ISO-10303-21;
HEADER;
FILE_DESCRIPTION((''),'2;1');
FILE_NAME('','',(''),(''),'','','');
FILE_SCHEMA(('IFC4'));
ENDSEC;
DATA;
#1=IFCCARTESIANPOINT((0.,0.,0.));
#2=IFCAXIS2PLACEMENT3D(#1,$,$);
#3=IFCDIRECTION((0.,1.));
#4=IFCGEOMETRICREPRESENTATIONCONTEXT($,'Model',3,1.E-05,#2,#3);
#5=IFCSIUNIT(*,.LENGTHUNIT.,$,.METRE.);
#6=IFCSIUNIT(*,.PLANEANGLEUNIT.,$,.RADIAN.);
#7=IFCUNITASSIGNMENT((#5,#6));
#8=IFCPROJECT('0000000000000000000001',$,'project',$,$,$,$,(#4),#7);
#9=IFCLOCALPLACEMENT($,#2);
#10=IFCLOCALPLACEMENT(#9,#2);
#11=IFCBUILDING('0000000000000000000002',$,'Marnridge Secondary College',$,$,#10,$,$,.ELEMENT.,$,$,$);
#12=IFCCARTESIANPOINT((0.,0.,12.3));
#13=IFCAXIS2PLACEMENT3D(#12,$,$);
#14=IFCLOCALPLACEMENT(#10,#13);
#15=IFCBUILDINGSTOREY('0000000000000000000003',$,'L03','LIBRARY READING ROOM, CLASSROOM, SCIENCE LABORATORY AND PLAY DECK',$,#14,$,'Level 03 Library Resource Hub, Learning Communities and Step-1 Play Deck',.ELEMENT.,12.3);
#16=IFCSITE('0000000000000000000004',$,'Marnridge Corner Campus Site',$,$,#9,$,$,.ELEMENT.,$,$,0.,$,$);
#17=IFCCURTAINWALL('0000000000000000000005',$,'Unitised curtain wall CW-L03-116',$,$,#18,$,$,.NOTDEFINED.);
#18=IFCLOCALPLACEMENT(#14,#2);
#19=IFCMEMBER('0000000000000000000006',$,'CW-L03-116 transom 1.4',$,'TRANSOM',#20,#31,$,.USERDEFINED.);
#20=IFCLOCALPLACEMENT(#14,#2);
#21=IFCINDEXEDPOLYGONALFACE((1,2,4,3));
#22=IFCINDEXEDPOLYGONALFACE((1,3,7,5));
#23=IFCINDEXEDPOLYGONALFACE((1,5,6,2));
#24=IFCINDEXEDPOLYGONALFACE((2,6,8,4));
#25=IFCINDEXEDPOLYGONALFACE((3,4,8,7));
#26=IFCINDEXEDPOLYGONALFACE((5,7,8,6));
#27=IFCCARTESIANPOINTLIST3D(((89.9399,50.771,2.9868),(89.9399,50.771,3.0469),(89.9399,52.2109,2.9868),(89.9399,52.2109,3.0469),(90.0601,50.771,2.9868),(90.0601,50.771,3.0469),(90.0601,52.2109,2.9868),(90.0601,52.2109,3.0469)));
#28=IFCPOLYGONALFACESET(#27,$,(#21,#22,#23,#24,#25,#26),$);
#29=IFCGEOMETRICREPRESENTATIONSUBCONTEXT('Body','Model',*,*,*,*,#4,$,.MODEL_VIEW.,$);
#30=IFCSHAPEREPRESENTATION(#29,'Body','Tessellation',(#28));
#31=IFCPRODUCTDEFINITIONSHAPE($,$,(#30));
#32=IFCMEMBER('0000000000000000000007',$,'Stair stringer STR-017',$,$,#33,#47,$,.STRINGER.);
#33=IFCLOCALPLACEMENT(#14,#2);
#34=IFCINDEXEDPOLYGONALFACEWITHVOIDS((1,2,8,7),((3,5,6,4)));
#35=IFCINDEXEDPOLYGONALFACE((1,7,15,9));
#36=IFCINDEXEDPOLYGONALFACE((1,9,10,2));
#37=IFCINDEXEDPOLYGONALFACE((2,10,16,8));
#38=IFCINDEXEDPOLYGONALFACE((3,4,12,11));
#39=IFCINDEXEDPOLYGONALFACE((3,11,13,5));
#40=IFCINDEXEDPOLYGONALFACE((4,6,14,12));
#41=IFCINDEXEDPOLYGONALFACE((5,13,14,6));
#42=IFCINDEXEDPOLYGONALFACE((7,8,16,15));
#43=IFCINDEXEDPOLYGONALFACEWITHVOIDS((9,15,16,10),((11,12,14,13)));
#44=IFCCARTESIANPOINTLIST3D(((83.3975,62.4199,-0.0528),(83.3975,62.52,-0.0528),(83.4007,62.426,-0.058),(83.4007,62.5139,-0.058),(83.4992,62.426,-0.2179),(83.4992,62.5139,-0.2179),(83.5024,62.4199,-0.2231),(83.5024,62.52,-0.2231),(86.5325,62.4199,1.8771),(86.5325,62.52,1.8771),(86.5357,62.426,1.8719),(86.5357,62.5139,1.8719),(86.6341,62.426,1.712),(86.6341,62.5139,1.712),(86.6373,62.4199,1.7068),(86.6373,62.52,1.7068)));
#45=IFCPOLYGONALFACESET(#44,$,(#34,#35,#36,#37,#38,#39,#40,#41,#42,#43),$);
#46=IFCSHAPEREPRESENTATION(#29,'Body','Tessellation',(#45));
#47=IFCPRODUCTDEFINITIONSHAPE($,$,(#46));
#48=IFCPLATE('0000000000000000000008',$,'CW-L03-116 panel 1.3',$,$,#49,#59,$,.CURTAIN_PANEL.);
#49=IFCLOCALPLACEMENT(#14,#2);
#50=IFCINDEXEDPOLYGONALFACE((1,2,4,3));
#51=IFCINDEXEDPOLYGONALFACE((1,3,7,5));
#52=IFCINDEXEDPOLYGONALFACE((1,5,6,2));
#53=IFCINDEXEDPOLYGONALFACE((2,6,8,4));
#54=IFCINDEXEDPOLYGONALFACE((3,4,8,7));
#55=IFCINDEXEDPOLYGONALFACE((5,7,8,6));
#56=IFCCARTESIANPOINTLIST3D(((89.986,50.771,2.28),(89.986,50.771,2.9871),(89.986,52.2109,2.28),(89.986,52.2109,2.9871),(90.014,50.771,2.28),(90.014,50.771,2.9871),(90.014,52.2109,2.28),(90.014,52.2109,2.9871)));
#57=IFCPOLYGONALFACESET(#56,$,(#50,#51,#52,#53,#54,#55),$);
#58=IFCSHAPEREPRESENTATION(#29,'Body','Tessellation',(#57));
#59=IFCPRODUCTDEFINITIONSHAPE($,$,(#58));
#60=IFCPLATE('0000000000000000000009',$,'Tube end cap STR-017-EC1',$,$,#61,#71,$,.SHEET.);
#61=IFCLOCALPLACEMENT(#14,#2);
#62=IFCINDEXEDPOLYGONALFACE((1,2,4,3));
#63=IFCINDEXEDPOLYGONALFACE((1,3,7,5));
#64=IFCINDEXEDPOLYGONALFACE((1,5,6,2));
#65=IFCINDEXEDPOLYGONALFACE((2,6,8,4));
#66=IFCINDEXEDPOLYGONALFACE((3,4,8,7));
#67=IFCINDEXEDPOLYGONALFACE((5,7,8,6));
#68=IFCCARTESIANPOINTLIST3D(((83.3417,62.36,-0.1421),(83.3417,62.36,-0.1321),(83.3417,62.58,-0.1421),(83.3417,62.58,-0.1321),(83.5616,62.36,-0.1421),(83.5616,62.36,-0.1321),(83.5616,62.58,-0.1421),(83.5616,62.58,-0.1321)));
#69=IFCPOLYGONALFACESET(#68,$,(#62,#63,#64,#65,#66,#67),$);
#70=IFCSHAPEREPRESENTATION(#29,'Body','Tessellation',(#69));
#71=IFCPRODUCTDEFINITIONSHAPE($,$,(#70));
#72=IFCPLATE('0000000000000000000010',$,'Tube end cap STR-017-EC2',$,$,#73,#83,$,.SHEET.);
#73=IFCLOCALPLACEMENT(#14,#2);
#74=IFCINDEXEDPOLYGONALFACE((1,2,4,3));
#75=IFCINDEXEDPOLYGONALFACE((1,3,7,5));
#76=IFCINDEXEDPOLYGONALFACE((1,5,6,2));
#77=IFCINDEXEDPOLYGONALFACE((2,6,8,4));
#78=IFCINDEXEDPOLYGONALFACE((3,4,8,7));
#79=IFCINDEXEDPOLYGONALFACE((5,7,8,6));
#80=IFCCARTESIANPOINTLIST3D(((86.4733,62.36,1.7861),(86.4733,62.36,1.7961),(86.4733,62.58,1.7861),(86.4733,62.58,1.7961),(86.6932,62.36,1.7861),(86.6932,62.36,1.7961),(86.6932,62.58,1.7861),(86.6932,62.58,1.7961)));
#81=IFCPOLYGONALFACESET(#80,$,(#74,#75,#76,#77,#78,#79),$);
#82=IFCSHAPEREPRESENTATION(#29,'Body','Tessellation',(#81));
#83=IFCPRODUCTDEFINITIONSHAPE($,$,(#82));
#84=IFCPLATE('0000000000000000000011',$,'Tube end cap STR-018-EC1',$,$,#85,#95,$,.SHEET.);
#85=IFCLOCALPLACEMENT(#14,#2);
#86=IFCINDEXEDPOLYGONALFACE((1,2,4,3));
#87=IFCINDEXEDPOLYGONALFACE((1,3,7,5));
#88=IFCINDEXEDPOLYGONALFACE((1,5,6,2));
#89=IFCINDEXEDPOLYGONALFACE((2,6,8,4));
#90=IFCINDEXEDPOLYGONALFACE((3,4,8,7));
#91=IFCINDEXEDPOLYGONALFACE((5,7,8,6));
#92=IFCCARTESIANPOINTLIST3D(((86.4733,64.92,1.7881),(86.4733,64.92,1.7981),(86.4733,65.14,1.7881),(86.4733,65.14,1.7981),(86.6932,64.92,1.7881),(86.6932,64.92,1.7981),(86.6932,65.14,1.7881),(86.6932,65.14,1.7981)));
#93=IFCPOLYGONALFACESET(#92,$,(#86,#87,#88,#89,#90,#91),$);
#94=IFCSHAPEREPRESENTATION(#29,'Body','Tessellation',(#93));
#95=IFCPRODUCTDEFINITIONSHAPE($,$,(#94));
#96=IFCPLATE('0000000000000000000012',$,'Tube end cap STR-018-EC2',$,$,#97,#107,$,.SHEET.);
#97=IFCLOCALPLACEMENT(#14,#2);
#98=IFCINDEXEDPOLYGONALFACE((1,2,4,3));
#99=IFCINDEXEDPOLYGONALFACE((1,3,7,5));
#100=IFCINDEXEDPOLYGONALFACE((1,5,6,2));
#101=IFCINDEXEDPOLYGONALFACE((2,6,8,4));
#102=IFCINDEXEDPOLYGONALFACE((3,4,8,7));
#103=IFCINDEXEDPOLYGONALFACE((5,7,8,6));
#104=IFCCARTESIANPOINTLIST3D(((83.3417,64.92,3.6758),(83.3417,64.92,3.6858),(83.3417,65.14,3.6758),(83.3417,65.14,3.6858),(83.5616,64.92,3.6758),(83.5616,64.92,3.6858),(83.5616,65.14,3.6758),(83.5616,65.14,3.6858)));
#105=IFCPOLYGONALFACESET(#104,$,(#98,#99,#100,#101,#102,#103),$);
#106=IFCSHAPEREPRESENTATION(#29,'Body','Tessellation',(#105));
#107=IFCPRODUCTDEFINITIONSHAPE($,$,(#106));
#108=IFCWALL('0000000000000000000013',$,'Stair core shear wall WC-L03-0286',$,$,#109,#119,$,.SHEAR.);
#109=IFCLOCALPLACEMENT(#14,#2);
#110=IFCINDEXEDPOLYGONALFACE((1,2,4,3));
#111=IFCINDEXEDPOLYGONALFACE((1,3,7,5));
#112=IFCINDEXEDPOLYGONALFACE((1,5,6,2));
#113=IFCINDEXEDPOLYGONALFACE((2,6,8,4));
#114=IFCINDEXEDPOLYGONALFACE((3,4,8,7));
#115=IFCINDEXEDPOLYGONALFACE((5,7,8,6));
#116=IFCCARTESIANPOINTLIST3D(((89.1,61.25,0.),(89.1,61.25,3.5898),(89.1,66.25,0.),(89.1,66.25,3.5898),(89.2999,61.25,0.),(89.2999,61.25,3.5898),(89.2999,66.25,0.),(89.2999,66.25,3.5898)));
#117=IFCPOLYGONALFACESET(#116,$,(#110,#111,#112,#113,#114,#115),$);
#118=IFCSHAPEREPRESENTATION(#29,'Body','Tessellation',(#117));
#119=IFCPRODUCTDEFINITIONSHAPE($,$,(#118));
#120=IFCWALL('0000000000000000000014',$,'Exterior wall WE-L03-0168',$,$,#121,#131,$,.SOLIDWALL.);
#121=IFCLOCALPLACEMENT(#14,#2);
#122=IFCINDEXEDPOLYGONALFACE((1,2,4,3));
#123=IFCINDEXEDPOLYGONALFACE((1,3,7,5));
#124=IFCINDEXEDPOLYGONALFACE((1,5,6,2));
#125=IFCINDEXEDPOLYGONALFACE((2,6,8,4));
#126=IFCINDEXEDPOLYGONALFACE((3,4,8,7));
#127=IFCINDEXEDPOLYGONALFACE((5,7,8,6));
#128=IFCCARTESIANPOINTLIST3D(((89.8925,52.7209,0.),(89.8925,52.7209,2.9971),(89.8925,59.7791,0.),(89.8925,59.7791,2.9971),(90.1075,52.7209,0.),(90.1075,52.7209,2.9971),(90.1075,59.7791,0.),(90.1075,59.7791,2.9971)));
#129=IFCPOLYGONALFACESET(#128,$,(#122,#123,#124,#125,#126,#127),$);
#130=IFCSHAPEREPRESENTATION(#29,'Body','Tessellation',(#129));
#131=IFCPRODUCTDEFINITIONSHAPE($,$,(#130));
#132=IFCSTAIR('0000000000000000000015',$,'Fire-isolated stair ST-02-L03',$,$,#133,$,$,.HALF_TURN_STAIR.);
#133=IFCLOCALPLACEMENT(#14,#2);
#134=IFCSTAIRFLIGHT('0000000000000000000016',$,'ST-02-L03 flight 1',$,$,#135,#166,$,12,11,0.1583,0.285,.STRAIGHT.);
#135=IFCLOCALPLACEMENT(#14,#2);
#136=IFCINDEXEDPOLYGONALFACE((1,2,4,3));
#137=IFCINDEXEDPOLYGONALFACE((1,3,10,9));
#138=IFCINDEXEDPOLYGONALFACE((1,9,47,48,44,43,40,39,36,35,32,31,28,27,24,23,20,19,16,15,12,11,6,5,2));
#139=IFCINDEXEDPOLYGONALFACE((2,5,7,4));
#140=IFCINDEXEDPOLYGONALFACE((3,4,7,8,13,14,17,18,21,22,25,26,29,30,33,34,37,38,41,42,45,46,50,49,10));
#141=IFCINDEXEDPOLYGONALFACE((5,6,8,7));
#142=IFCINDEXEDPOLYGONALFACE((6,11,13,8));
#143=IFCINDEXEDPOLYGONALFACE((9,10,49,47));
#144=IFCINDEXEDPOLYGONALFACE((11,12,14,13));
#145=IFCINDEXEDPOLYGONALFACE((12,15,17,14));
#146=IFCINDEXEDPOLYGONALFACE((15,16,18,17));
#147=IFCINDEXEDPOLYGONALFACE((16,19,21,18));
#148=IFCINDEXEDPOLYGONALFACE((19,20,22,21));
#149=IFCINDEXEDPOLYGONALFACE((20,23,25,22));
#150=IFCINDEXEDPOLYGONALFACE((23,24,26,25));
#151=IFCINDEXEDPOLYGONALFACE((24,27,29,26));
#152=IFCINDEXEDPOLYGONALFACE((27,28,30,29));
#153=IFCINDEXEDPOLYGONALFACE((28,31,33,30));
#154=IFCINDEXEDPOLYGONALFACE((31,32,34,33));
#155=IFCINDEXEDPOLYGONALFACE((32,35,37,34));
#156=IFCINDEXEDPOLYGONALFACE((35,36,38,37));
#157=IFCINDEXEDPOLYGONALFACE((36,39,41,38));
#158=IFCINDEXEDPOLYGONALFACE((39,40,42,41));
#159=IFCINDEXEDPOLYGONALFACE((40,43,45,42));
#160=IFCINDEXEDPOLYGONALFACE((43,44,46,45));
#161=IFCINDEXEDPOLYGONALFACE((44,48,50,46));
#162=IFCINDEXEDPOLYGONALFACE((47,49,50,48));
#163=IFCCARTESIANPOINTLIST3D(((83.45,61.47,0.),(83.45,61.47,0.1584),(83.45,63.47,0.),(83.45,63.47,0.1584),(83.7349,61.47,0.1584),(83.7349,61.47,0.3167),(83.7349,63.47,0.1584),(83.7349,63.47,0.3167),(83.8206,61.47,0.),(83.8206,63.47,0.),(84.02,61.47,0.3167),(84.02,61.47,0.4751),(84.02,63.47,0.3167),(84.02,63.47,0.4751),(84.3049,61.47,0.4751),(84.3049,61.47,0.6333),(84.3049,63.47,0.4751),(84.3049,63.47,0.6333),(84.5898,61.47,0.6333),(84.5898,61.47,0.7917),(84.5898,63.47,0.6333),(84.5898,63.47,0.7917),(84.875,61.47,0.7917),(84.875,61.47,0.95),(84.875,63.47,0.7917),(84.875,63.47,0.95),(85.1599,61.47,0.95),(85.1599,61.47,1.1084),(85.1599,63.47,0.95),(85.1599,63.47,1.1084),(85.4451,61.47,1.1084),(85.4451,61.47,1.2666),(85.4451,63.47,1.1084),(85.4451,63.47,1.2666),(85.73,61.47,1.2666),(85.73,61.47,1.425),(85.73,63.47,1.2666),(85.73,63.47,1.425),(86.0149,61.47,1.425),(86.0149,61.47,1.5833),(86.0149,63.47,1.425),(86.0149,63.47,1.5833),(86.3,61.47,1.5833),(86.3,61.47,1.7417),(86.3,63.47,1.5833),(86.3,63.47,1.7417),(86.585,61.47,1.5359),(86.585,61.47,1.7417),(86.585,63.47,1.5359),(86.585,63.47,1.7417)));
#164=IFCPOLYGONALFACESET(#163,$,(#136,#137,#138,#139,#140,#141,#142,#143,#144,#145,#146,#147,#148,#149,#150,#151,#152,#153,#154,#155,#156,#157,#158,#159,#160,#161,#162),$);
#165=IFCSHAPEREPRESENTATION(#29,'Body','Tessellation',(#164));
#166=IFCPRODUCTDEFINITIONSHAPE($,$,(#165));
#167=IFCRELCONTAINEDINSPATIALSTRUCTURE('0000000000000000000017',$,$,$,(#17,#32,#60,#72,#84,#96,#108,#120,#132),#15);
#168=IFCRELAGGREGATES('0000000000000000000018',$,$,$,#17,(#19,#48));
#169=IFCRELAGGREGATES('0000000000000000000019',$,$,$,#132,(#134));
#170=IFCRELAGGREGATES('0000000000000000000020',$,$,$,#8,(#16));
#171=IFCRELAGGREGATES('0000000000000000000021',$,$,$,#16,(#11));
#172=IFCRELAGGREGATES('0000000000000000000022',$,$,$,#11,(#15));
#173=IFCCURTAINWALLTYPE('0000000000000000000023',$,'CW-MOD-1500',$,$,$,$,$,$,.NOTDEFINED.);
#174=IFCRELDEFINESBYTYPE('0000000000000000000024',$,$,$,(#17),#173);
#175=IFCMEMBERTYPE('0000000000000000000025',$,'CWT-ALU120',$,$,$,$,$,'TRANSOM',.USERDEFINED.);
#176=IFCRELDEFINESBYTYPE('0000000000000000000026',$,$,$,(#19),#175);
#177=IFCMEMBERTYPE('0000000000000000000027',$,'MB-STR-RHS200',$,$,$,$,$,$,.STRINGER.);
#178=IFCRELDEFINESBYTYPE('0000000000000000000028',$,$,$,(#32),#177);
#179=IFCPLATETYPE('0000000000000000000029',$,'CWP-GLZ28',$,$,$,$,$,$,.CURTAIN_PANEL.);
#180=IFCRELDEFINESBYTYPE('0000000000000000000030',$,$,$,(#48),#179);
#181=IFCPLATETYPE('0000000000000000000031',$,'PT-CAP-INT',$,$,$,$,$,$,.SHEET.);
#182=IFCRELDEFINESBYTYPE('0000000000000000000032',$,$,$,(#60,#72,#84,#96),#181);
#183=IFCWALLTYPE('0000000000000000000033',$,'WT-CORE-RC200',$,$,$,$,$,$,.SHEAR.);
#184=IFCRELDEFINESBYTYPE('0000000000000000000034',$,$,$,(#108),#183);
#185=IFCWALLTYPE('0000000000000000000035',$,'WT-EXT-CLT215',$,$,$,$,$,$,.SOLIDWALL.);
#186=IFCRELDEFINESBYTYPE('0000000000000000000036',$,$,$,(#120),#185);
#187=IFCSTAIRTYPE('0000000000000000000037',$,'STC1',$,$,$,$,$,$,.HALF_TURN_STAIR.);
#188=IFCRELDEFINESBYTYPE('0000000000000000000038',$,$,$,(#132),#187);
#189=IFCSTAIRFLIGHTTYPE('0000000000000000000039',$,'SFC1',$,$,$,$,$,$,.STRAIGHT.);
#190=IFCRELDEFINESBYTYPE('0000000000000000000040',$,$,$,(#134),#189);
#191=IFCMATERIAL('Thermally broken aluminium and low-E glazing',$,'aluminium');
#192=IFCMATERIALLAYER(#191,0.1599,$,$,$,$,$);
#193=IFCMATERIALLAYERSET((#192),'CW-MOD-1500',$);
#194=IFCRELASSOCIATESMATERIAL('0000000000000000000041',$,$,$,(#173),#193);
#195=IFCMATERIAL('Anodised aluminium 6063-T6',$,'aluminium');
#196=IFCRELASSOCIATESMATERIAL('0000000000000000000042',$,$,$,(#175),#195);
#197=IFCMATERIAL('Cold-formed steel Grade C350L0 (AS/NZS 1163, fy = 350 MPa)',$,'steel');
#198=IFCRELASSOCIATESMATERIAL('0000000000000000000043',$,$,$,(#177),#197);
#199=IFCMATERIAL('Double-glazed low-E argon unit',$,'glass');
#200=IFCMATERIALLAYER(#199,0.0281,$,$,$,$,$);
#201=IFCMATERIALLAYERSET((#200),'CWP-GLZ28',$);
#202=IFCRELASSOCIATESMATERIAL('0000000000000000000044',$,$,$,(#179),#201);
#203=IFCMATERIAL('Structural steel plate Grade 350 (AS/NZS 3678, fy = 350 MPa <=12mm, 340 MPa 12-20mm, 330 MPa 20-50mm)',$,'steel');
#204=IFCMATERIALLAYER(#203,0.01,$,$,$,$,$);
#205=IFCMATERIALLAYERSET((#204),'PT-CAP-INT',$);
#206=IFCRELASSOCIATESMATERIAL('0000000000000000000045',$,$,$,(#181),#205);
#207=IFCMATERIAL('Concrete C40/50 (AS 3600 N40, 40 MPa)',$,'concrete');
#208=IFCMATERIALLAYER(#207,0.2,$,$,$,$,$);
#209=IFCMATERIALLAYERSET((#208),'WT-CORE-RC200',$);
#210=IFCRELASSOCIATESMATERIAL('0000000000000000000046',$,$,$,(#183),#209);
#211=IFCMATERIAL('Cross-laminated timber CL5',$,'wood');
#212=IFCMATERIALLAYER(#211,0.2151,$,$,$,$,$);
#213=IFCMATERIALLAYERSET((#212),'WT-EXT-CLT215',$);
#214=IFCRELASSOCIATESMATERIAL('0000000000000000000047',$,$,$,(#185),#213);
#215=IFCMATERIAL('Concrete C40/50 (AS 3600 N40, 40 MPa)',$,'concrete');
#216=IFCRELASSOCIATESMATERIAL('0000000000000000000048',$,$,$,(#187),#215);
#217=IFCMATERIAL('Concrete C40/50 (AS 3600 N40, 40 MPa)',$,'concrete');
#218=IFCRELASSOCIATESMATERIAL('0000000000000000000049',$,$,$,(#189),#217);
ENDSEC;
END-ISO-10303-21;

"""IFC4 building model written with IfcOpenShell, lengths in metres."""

from ifc_helpers import new_model, si_unit, direction, frame, frame_2d, origin, origin_2d, place, context, subcontext, project, spatial, polyline, rectangle, hollow_rectangle, outline, extrude, material, layer, layer_set, material_profile, profile_set, type_object, element, aggregate, save


model = new_model("IFC4")

# Units and contexts
model_context = context("Model", 3, precision=1e-05, world=origin(), true_north=direction((0.0, 1.0)))
body_context = subcontext(model_context, "Body", "Model", "MODEL_VIEW")
ifc_project = project(units=[si_unit("LENGTHUNIT", "METRE"), si_unit("PLANEANGLEUNIT", "RADIAN")], contexts=[model_context])

# Site, building, storey
site_placement = place(None, origin())
site = spatial("IfcSite", under=ifc_project, at=site_placement, Name="Marnridge Corner Campus Site", CompositionType="ELEMENT", RefElevation=0.0)
building_placement = place(site_placement, origin())
building = spatial("IfcBuilding", under=site, at=building_placement, Name="Marnridge Secondary College", CompositionType="ELEMENT")
storey_placement = place(building_placement, frame((0.0, 0.0, 12.3)))
storey = spatial("IfcBuildingStorey", under=building, at=storey_placement, Name="L03", Description="LIBRARY READING ROOM, CLASSROOM, SCIENCE LABORATORY AND PLAY DECK", LongName="Level 03 Library Resource Hub, Learning Communities and Step-1 Play Deck", CompositionType="ELEMENT", Elevation=12.3)

# Curtain wall, member
ifc_material_1 = material(Name="Thermally broken aluminium and low-E glazing", Category="aluminium")
ifc_layer_1 = layer(ifc_material_1, 0.1599)
ifc_layer_set_1 = layer_set([ifc_layer_1], Name="CW-MOD-1500")
curtain_wall_type = type_object("IfcCurtainWallType", Name="CW-MOD-1500", PredefinedType="NOTDEFINED", material=ifc_layer_set_1)
curtain_wall_placement = place(storey_placement, origin())
curtain_wall = element("IfcCurtainWall", 1, at=curtain_wall_placement, inside=storey, type_object=curtain_wall_type, Name="Unitised curtain wall CW-L03-116", PredefinedType="NOTDEFINED")
ifc_material_2 = material(Name="Anodised aluminium 6063-T6", Category="aluminium")
ifc_material_profile_1 = material_profile(ifc_material_2, rectangle(XDim=0.0601, YDim=0.1201, at=origin_2d()), Name="ALU 60x120")
ifc_profile_set_1 = profile_set([ifc_material_profile_1], Name="Anodised aluminium 6063-T6")
member_type_1 = type_object("IfcMemberType", Name="CWT-ALU120", ElementType="TRANSOM", PredefinedType="USERDEFINED", material=ifc_profile_set_1)
member_1_placement = place(storey_placement, frame((90.0, 52.2109, 3.0168), z_axis=(0.0, -1.0, 0.0), x_axis=(0.0, 0.0, 1.0)))
member_1 = element("IfcMember", 2, at=member_1_placement, type_object=member_type_1, Name="CW-L03-116 transom 1.4", ObjectType="TRANSOM", PredefinedType="USERDEFINED", context=body_context, shape_type="SweptSolid", body=[
    extrude(rectangle(XDim=0.0601, YDim=0.1201, at=origin_2d()), origin(), (0.0, 0.0, 1.0), 1.4399),
])

# Member
ifc_material_3 = material(Name="Cold-formed steel Grade C350L0 (AS/NZS 1163, fy = 350 MPa)", Category="steel")
ifc_material_profile_2 = material_profile(ifc_material_3, hollow_rectangle(XDim=0.1001, YDim=0.2, WallThickness=0.0061, at=origin_2d()), Name="200x100x6.0RHS")
ifc_profile_set_2 = profile_set([ifc_material_profile_2], Name="Cold-formed steel Grade C350L0 (AS/NZS 1163, fy = 350 MPa)")
member_type_2 = type_object("IfcMemberType", Name="MB-STR-RHS200", PredefinedType="STRINGER", material=ifc_profile_set_2)
member_2_placement = place(storey_placement, frame((83.45, 62.47, -0.1379), z_axis=(0.851574, 0.0, 0.524234), x_axis=(0.0, 1.0, 0.0)))
element("IfcMember", 3, at=member_2_placement, inside=storey, type_object=member_type_2, Name="Stair stringer STR-017", PredefinedType="STRINGER", context=body_context, shape_type="SweptSolid", body=[
    extrude(hollow_rectangle(XDim=0.1001, YDim=0.2, WallThickness=0.0061, at=origin_2d()), origin(), (0.0, 0.0, 1.0), 3.6814),
])

# Plate
ifc_material_4 = material(Name="Double-glazed low-E argon unit", Category="glass")
ifc_layer_2 = layer(ifc_material_4, 0.0281)
ifc_layer_set_2 = layer_set([ifc_layer_2], Name="CWP-GLZ28")
plate_type_1 = type_object("IfcPlateType", Name="CWP-GLZ28", PredefinedType="CURTAIN_PANEL", material=ifc_layer_set_2)
plate_placement = place(storey_placement, frame((90.0, 51.491, 2.28), z_axis=(0.0, 0.0, 1.0), x_axis=(0.0, -1.0, 0.0)))
plate = element("IfcPlate", 4, at=plate_placement, type_object=plate_type_1, Name="CW-L03-116 panel 1.3", PredefinedType="CURTAIN_PANEL", context=body_context, shape_type="SweptSolid", body=[
    extrude(rectangle(XDim=1.4399, YDim=0.0281, at=origin_2d()), origin(), (0.0, 0.0, 1.0), 0.707),
])
aggregate(curtain_wall, [member_1, plate])

# Plates
ifc_material_5 = material(Name="Structural steel plate Grade 350 (AS/NZS 3678, fy = 350 MPa <=12mm, 340 MPa 12-20mm, 330 MPa 20-50mm)", Category="steel")
ifc_layer_3 = layer(ifc_material_5, 0.01)
ifc_layer_set_3 = layer_set([ifc_layer_3], Name="PT-CAP-INT")
plate_type_2 = type_object("IfcPlateType", Name="PT-CAP-INT", PredefinedType="SHEET", material=ifc_layer_set_3)
for number, where, z_axis, x_axis, name in (
    (5, (83.4517, 62.47, -0.1421), (0.0, 0.0, 1.0), (1.0, 0.0, 0.0), "Tube end cap STR-017-EC1"),
    (6, (86.5833, 62.47, 1.7861), (0.0, 0.0, 1.0), (1.0, 0.0, 0.0), "Tube end cap STR-017-EC2"),
    (7, (86.5833, 65.03, 1.7881), (0.0, 0.0, 1.0), (-1.0, 0.0, 0.0), "Tube end cap STR-018-EC1"),
    (8, (83.4517, 65.03, 3.6758), (0.0, 0.0, 1.0), (-1.0, 0.0, 0.0), "Tube end cap STR-018-EC2"),
):
    element("IfcPlate", number, at=place(storey_placement, frame(where, z_axis=z_axis, x_axis=x_axis)), inside=storey, type_object=plate_type_2, Name=name, PredefinedType="SHEET", context=body_context, shape_type="SweptSolid", body=[
        extrude(rectangle(XDim=0.22, YDim=0.22, at=origin_2d()), origin(), (0.0, 0.0, 1.0), 0.01),
    ])

# Walls
ifc_material_6 = material(Name="Concrete C40/50 (AS 3600 N40, 40 MPa)", Category="concrete")
ifc_layer_4 = layer(ifc_material_6, 0.2)
ifc_layer_set_4 = layer_set([ifc_layer_4], Name="WT-CORE-RC200")
wall_type_1 = type_object("IfcWallType", Name="WT-CORE-RC200", PredefinedType="SHEAR", material=ifc_layer_set_4)
wall_1_placement = place(storey_placement, frame((89.2, 61.25, 0.0), z_axis=(0.0, 0.0, 1.0), x_axis=(0.0, 1.0, 0.0)))
element("IfcWall", 9, at=wall_1_placement, inside=storey, type_object=wall_type_1, Name="Stair core shear wall WC-L03-0286", PredefinedType="SHEAR", context=body_context, shape_type="SweptSolid", body=[
    extrude(rectangle(XDim=5.0, YDim=0.2, at=frame_2d((2.5, 0.0))), origin(), (0.0, 0.0, 1.0), 3.5898),
])
ifc_material_7 = material(Name="Cross-laminated timber CL5", Category="wood")
ifc_layer_5 = layer(ifc_material_7, 0.2151)
ifc_layer_set_5 = layer_set([ifc_layer_5], Name="WT-EXT-CLT215")
wall_type_2 = type_object("IfcWallType", Name="WT-EXT-CLT215", PredefinedType="SOLIDWALL", material=ifc_layer_set_5)
wall_2_placement = place(storey_placement, frame((90.0, 59.7791, 0.0), z_axis=(0.0, 0.0, 1.0), x_axis=(0.0, -1.0, 0.0)))
element("IfcWall", 10, at=wall_2_placement, inside=storey, type_object=wall_type_2, Name="Exterior wall WE-L03-0168", PredefinedType="SOLIDWALL", context=body_context, shape_type="SweptSolid", body=[
    extrude(rectangle(XDim=7.0581, YDim=0.2151, at=frame_2d((3.5291, 0.0))), origin(), (0.0, 0.0, 1.0), 2.9971),
])

# Stair, stair flight
ifc_material_8 = material(Name="Concrete C40/50 (AS 3600 N40, 40 MPa)", Category="concrete")
stair_type = type_object("IfcStairType", Name="STC1", PredefinedType="HALF_TURN_STAIR", material=ifc_material_8)
stair_placement = place(storey_placement, origin())
stair = element("IfcStair", 11, at=stair_placement, inside=storey, type_object=stair_type, Name="Fire-isolated stair ST-02-L03", PredefinedType="HALF_TURN_STAIR")
ifc_material_9 = material(Name="Concrete C40/50 (AS 3600 N40, 40 MPa)", Category="concrete")
stair_flight_type = type_object("IfcStairFlightType", Name="SFC1", PredefinedType="STRAIGHT", material=ifc_material_9)
stair_flight_placement = place(storey_placement, frame((83.45, 62.47, 0.0), z_axis=(0.0, 0.0, 1.0), x_axis=(1.0, 0.0, 0.0)))
stair_flight = element("IfcStairFlight", 12, at=stair_flight_placement, type_object=stair_flight_type, Name="ST-02-L03 flight 1", NumberOfRisers=12, NumberOfTreads=11, PredefinedType="STRAIGHT", RiserHeight=0.1583, TreadLength=0.285, context=body_context, shape_type="SweptSolid", body=[
    extrude(outline(polyline([(0.0, 0.0), (0.0, 0.1584), (0.2849, 0.1584), (0.2849, 0.3167), (0.5701, 0.3167), (0.5701, 0.4751), (0.855, 0.4751), (0.855, 0.6333), (1.1399, 0.6333), (1.1399, 0.7917), (1.425, 0.7917), (1.425, 0.95), (1.71, 0.95), (1.71, 1.1084), (1.9951, 1.1084), (1.9951, 1.2666), (2.28, 1.2666), (2.28, 1.425), (2.5649, 1.425), (2.5649, 1.5833), (2.8501, 1.5833), (2.8501, 1.7417), (3.135, 1.7417), (3.135, 1.8999), (3.135, 1.5359), (0.3706, 0.0), (0.0, 0.0)])), frame((0.0, 1.0, 0.0), z_axis=(0.0, -1.0, 0.0), x_axis=(1.0, 0.0, 0.0)), (0.0, 0.0, 1.0), 2.0),
])
aggregate(stair, [stair_flight])

save(model, "model.ifc")
